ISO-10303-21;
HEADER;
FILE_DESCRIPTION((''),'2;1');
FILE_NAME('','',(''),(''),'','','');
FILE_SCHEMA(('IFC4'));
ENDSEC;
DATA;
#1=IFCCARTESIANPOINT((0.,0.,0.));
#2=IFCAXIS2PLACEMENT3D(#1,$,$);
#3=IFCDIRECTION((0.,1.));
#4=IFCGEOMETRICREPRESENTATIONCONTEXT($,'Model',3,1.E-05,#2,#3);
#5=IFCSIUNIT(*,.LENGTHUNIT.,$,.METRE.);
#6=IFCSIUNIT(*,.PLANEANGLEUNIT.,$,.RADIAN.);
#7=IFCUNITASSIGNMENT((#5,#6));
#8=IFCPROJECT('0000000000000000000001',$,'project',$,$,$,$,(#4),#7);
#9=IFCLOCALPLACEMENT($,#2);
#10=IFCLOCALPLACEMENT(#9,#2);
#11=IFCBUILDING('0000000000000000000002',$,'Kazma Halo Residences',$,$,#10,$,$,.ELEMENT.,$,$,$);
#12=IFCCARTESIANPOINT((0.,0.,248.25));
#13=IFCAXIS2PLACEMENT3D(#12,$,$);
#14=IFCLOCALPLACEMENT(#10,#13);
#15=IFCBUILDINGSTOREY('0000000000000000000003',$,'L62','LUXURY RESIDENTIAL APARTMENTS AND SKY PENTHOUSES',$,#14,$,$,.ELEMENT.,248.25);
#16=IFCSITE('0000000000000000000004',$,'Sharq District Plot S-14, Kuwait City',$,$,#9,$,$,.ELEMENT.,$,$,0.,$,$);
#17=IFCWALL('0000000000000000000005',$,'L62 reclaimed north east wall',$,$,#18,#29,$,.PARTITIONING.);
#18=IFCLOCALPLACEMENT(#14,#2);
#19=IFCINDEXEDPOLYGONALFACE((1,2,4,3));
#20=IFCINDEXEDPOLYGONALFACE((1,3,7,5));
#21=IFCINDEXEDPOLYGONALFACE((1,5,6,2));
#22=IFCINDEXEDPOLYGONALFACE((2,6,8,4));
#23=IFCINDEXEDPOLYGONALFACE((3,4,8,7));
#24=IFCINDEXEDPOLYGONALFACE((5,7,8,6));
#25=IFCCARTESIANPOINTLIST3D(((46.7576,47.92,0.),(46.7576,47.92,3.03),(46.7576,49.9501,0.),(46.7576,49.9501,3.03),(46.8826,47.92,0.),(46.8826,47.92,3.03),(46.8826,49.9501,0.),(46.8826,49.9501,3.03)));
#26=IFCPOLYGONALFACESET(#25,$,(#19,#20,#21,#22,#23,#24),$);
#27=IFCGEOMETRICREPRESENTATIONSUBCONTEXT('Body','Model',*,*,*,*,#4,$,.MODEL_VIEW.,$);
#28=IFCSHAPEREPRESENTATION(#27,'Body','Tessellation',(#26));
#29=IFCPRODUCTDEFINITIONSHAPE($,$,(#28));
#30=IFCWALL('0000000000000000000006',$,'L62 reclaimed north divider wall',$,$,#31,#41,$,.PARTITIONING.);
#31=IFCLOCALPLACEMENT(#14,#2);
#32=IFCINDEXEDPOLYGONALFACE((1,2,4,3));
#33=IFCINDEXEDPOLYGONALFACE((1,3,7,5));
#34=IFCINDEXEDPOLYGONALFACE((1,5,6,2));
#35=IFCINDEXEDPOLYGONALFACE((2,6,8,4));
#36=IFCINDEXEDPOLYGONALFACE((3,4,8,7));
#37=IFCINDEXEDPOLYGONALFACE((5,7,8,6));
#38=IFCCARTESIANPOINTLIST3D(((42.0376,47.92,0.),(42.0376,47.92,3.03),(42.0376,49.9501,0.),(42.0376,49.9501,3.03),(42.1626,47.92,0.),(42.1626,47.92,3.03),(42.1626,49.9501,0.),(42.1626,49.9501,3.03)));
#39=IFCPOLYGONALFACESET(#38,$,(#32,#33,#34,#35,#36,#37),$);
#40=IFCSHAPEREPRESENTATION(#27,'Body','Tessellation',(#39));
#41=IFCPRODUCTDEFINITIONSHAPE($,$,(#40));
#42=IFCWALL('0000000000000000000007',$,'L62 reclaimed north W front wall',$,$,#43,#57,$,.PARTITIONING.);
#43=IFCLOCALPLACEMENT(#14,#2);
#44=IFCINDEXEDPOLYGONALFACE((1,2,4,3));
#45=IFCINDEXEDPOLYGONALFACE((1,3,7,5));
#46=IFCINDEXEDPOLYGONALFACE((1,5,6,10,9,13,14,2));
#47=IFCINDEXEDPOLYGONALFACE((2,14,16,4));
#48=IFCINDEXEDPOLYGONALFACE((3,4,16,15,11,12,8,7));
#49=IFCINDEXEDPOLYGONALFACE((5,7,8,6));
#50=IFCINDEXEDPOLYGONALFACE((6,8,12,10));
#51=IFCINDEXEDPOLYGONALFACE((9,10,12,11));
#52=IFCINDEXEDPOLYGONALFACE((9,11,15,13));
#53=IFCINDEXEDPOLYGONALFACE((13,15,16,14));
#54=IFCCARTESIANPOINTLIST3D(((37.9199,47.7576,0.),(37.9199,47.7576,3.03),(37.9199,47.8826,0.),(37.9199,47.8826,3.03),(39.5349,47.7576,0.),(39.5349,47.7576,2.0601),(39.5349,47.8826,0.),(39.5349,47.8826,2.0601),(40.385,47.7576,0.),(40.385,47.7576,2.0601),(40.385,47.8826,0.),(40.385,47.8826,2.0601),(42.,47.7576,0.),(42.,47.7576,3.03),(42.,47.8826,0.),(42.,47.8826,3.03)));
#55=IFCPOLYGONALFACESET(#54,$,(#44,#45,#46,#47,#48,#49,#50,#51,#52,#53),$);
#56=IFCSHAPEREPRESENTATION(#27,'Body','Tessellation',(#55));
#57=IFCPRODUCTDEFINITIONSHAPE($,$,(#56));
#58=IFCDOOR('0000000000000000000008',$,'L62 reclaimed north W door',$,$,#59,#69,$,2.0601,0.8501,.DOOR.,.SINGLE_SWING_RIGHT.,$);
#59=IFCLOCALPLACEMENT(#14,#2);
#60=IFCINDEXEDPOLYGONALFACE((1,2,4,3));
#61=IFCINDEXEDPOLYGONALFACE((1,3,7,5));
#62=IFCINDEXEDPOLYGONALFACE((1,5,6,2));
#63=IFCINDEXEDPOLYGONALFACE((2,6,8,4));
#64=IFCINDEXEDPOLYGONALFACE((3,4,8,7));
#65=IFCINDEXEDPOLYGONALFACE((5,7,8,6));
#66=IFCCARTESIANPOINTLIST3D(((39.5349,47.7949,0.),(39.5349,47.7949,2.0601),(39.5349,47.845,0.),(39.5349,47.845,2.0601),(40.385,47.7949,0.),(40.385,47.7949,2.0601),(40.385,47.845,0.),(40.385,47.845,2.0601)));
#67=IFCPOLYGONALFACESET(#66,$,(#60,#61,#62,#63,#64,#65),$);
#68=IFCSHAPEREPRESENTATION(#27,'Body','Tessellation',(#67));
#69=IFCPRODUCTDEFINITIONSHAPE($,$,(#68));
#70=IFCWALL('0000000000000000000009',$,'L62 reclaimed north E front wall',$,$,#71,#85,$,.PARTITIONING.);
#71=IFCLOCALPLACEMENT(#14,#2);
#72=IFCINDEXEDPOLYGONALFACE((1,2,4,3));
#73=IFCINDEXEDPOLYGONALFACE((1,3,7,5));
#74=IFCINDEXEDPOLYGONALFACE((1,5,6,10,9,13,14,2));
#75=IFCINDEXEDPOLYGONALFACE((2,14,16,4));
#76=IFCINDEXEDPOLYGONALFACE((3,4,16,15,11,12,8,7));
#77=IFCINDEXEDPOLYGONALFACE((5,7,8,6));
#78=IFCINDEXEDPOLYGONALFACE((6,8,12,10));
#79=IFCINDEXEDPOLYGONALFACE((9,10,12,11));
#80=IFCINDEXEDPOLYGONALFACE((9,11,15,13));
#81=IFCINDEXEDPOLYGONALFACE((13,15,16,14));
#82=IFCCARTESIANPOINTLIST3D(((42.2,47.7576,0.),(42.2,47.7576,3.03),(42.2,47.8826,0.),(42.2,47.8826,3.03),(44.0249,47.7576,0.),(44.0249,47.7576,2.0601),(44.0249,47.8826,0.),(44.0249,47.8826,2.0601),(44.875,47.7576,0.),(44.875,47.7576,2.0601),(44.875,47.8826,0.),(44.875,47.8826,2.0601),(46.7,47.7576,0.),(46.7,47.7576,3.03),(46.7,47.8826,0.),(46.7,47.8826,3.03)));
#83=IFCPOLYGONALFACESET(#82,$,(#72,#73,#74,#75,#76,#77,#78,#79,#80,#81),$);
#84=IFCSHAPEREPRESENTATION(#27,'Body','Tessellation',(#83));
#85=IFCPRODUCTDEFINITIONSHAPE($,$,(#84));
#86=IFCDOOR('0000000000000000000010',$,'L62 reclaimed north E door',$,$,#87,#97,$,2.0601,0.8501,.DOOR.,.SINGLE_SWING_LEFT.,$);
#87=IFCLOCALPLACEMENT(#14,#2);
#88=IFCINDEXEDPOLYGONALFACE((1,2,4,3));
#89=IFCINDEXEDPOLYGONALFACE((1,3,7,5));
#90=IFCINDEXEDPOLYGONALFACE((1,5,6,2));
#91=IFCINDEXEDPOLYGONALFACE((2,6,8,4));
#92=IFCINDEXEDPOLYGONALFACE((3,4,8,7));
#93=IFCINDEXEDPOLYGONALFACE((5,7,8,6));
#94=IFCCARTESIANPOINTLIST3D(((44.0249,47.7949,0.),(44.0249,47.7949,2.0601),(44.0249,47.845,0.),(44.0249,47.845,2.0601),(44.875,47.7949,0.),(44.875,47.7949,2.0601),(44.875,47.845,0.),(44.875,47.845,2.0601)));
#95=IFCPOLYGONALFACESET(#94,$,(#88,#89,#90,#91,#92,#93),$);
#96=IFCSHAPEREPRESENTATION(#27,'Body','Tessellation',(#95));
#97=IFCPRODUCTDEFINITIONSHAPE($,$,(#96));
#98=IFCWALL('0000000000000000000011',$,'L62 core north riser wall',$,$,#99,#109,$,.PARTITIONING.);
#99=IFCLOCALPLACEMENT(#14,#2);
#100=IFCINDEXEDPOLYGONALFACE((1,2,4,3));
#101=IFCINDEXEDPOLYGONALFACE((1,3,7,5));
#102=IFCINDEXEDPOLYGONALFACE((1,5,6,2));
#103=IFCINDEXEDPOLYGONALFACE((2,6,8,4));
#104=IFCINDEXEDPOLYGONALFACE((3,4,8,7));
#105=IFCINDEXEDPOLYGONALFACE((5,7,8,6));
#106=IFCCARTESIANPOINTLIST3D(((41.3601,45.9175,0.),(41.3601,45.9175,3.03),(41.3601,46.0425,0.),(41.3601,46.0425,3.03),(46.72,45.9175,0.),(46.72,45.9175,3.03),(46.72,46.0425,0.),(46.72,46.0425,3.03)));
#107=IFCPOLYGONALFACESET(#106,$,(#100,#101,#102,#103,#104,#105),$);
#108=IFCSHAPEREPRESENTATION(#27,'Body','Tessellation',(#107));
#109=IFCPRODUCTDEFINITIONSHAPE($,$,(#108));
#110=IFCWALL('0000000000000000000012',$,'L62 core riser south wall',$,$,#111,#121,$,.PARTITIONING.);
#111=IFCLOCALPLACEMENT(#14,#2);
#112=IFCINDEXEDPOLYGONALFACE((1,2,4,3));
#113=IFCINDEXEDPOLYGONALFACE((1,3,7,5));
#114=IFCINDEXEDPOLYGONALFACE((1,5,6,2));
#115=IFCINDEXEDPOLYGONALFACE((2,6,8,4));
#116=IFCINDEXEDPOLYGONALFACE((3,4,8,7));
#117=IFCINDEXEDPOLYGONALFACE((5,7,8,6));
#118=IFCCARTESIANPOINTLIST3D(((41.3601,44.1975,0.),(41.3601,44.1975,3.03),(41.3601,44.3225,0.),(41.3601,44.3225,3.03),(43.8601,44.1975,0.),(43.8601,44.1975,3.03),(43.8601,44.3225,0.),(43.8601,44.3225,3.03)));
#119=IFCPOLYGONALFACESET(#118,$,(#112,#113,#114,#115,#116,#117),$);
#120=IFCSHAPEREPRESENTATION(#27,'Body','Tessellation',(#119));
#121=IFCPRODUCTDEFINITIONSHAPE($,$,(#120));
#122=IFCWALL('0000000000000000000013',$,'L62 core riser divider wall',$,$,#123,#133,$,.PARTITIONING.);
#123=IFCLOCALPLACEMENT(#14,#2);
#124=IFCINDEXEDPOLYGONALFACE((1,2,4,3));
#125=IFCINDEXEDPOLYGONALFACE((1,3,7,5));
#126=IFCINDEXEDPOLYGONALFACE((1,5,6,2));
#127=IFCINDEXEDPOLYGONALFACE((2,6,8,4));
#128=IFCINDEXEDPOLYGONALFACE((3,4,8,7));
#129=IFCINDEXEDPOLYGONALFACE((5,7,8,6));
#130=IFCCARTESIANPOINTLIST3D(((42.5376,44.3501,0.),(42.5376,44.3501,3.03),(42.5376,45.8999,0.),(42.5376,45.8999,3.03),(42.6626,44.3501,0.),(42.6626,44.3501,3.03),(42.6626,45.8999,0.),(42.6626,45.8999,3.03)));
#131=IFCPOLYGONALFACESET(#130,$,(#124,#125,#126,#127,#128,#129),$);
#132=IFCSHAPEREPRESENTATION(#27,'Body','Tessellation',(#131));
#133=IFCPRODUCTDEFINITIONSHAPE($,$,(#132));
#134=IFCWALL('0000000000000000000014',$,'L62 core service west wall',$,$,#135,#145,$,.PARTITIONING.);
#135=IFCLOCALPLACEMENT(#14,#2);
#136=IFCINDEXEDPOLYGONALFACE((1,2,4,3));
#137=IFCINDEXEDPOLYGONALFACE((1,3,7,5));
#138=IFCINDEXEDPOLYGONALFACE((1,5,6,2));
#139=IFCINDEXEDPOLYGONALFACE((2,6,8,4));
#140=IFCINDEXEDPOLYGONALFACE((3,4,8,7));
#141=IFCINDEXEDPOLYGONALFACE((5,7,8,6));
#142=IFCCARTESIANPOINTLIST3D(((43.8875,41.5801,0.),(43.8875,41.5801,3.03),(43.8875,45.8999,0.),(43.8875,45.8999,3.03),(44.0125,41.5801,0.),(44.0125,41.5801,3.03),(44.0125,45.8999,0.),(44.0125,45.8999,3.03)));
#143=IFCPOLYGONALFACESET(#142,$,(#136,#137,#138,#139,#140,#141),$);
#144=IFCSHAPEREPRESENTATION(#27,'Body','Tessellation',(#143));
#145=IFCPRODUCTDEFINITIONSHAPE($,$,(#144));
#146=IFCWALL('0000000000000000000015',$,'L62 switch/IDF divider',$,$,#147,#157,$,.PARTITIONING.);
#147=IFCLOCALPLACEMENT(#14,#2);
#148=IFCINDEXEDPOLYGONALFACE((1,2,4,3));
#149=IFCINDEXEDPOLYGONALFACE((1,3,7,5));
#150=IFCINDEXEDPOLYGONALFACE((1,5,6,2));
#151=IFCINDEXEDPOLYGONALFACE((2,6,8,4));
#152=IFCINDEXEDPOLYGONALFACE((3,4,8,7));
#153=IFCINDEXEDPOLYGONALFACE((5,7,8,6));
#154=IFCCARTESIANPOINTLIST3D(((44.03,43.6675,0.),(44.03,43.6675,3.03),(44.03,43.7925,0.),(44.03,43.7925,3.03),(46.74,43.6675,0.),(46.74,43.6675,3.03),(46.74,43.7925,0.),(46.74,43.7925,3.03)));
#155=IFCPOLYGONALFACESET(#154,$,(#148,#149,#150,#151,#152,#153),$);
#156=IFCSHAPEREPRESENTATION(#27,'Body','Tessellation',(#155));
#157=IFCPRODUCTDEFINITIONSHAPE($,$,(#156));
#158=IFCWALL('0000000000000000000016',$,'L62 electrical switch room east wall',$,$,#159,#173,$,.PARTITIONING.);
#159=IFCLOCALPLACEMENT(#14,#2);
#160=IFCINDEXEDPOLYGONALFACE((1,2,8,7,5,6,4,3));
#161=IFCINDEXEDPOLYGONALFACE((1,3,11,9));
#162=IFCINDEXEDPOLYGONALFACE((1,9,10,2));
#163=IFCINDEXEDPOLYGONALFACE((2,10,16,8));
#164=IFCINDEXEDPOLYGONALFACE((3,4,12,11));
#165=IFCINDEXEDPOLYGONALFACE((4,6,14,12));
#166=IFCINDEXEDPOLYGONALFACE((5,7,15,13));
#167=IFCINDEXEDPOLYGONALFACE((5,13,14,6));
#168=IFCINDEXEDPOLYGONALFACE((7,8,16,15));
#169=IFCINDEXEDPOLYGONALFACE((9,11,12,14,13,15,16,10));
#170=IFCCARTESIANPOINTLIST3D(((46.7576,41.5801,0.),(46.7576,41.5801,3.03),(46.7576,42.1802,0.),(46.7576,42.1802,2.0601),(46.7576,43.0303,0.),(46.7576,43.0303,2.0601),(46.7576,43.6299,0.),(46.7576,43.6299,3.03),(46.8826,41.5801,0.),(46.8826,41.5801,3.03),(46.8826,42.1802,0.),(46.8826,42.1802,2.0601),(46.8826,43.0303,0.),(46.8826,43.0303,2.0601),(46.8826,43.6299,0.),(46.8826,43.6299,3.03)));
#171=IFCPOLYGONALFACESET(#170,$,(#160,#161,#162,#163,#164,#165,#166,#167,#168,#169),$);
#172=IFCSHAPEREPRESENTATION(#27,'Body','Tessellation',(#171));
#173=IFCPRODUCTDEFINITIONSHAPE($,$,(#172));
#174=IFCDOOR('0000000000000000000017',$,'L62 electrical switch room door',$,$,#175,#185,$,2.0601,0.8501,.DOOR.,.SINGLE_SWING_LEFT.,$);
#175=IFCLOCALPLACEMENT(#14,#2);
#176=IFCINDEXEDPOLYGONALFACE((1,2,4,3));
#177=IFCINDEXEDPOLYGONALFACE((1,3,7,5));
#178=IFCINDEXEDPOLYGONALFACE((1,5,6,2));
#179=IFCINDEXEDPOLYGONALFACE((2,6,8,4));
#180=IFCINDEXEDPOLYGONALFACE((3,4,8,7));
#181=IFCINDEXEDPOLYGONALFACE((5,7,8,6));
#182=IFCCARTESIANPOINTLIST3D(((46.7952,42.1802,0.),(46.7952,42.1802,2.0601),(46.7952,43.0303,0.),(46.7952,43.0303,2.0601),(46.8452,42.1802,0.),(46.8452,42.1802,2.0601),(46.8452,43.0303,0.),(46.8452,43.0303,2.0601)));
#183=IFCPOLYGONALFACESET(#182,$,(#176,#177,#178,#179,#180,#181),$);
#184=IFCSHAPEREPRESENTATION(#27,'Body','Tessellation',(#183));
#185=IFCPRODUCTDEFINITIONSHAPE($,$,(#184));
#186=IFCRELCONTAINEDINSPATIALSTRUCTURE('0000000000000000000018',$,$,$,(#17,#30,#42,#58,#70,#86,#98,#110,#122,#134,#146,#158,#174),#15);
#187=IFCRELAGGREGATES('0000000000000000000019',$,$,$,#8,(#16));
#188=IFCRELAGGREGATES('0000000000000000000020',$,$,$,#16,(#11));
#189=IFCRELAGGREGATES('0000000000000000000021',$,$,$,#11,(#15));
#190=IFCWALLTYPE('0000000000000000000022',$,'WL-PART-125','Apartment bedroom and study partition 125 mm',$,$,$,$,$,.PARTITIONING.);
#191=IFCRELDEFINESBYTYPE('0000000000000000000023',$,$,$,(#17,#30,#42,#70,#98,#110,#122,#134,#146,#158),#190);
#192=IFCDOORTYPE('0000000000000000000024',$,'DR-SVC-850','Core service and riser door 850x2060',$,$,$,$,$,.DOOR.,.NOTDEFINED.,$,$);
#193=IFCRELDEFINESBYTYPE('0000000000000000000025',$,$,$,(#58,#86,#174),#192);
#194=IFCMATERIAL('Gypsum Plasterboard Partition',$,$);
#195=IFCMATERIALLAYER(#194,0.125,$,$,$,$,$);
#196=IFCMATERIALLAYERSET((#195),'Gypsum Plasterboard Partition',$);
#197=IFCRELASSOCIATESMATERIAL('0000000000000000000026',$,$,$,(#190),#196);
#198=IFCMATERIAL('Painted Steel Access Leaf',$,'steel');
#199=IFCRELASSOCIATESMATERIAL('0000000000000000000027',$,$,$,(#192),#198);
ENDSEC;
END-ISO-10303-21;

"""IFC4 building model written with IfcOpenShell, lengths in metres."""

from ifc_helpers import new_model, si_unit, direction, frame, frame_2d, origin, place, context, subcontext, project, spatial, rectangle, extrude, material, layer, layer_set, type_object, element, fill, save


model = new_model("IFC4")

# Units and contexts
model_context = context("Model", 3, precision=1e-05, world=origin(), true_north=direction((0.0, 1.0)))
body_context = subcontext(model_context, "Body", "Model", "MODEL_VIEW")
ifc_project = project(units=[si_unit("LENGTHUNIT", "METRE"), si_unit("PLANEANGLEUNIT", "RADIAN")], contexts=[model_context])

# Site, building, storey
site_placement = place(None, origin())
site = spatial("IfcSite", under=ifc_project, at=site_placement, Name="Sharq District Plot S-14, Kuwait City", CompositionType="ELEMENT", RefElevation=0.0)
building_placement = place(site_placement, origin())
building = spatial("IfcBuilding", under=site, at=building_placement, Name="Kazma Halo Residences", CompositionType="ELEMENT")
storey_placement = place(building_placement, frame((0.0, 0.0, 248.25)))
storey = spatial("IfcBuildingStorey", under=building, at=storey_placement, Name="L62", Description="LUXURY RESIDENTIAL APARTMENTS AND SKY PENTHOUSES", CompositionType="ELEMENT", Elevation=248.25)

# Walls
ifc_material_1 = material(Name="Gypsum Plasterboard Partition")
ifc_layer_1 = layer(ifc_material_1, 0.125)
ifc_layer_set_1 = layer_set([ifc_layer_1], Name="Gypsum Plasterboard Partition")
wall_type_1 = type_object("IfcWallType", Name="WL-PART-125", Description="Apartment bedroom and study partition 125 mm", PredefinedType="PARTITIONING", material=ifc_layer_set_1)
for number, where, z_axis, x_axis, name in (
    (1, (46.8201, 47.9199, 0.0), (0.0, 0.0, 1.0), (0.0, 1.0, 0.0), "L62 reclaimed north east wall"),
    (2, (42.1001, 47.9199, 0.0), (0.0, 0.0, 1.0), (0.0, 1.0, 0.0), "L62 reclaimed north divider wall"),
):
    element("IfcWall", number, at=place(storey_placement, frame(where, z_axis=z_axis, x_axis=x_axis)), inside=storey, type_object=wall_type_1, Name=name, PredefinedType="PARTITIONING", context=body_context, shape_type="SweptSolid", body=[
        extrude(rectangle(XDim=2.03, YDim=0.125, at=frame_2d((1.0151, 0.0))), origin(), (0.0, 0.0, 1.0), 3.03),
    ])

# Walls, openings, doors
wall_1_placement = place(storey_placement, frame((37.9199, 47.8201, 0.0), z_axis=(0.0, 0.0, 1.0), x_axis=(1.0, 0.0, 0.0)))
wall_1 = element("IfcWall", 3, at=wall_1_placement, inside=storey, type_object=wall_type_1, Name="L62 reclaimed north W front wall", PredefinedType="PARTITIONING", context=body_context, shape_type="SweptSolid", body=[
    extrude(rectangle(XDim=4.0801, YDim=0.125, at=frame_2d((2.04, 0.0))), origin(), (0.0, 0.0, 1.0), 3.03),
])
opening_1_placement = place(wall_1_placement, frame((1.615, 0.0, 0.0)))
opening_1 = element("IfcOpeningElement", 4, at=opening_1_placement, cuts=wall_1, PredefinedType="OPENING", context=body_context, shape_type="SweptSolid", body=[
    extrude(rectangle(XDim=0.8501, YDim=2.0601, at=frame_2d((0.425, 1.03))), frame((0.0, 0.0725, 0.0), z_axis=(0.0, -1.0, 0.0), x_axis=(1.0, 0.0, 0.0)), (0.0, 0.0, 1.0), 0.145),
])
ifc_material_2 = material(Name="Painted Steel Access Leaf", Category="steel")
door_type_1 = type_object("IfcDoorType", Name="DR-SVC-850", Description="Core service and riser door 850x2060", OperationType="NOTDEFINED", PredefinedType="DOOR", material=ifc_material_2)
door_1_placement = place(opening_1_placement, origin())
door_1 = element("IfcDoor", 5, at=door_1_placement, inside=storey, type_object=door_type_1, Name="L62 reclaimed north W door", OperationType="SINGLE_SWING_RIGHT", OverallHeight=2.0601, OverallWidth=0.8501, PredefinedType="DOOR", context=body_context, shape_type="SweptSolid", body=[
    extrude(rectangle(XDim=0.8501, YDim=2.0601, at=frame_2d((0.425, 1.03))), frame((0.0, 0.0249, 0.0), z_axis=(0.0, -1.0, 0.0), x_axis=(1.0, 0.0, 0.0)), (0.0, 0.0, 1.0), 0.05),
])
fill(opening_1, door_1)
wall_2_placement = place(storey_placement, frame((42.2, 47.8201, 0.0), z_axis=(0.0, 0.0, 1.0), x_axis=(1.0, 0.0, 0.0)))
wall_2 = element("IfcWall", 6, at=wall_2_placement, inside=storey, type_object=wall_type_1, Name="L62 reclaimed north E front wall", PredefinedType="PARTITIONING", context=body_context, shape_type="SweptSolid", body=[
    extrude(rectangle(XDim=4.5, YDim=0.125, at=frame_2d((2.25, 0.0))), origin(), (0.0, 0.0, 1.0), 3.03),
])
opening_2_placement = place(wall_2_placement, frame((1.825, 0.0, 0.0)))
opening_2 = element("IfcOpeningElement", 7, at=opening_2_placement, cuts=wall_2, PredefinedType="OPENING", context=body_context, shape_type="SweptSolid", body=[
    extrude(rectangle(XDim=0.8501, YDim=2.0601, at=frame_2d((0.425, 1.03))), frame((0.0, 0.0725, 0.0), z_axis=(0.0, -1.0, 0.0), x_axis=(1.0, 0.0, 0.0)), (0.0, 0.0, 1.0), 0.145),
])
door_2_placement = place(opening_2_placement, origin())
door_2 = element("IfcDoor", 8, at=door_2_placement, inside=storey, type_object=door_type_1, Name="L62 reclaimed north E door", OperationType="SINGLE_SWING_LEFT", OverallHeight=2.0601, OverallWidth=0.8501, PredefinedType="DOOR", context=body_context, shape_type="SweptSolid", body=[
    extrude(rectangle(XDim=0.8501, YDim=2.0601, at=frame_2d((0.425, 1.03))), frame((0.0, 0.0249, 0.0), z_axis=(0.0, -1.0, 0.0), x_axis=(1.0, 0.0, 0.0)), (0.0, 0.0, 1.0), 0.05),
])
fill(opening_2, door_2)

# Walls
wall_3_placement = place(storey_placement, frame((41.3601, 45.98, 0.0), z_axis=(0.0, 0.0, 1.0), x_axis=(1.0, 0.0, 0.0)))
element("IfcWall", 9, at=wall_3_placement, inside=storey, type_object=wall_type_1, Name="L62 core north riser wall", PredefinedType="PARTITIONING", context=body_context, shape_type="SweptSolid", body=[
    extrude(rectangle(XDim=5.3599, YDim=0.125, at=frame_2d((2.6799, 0.0))), origin(), (0.0, 0.0, 1.0), 3.03),
])
wall_4_placement = place(storey_placement, frame((41.3601, 44.26, 0.0), z_axis=(0.0, 0.0, 1.0), x_axis=(1.0, 0.0, 0.0)))
element("IfcWall", 10, at=wall_4_placement, inside=storey, type_object=wall_type_1, Name="L62 core riser south wall", PredefinedType="PARTITIONING", context=body_context, shape_type="SweptSolid", body=[
    extrude(rectangle(XDim=2.5, YDim=0.125, at=frame_2d((1.25, 0.0))), origin(), (0.0, 0.0, 1.0), 3.03),
])
wall_5_placement = place(storey_placement, frame((42.6001, 44.3501, 0.0), z_axis=(0.0, 0.0, 1.0), x_axis=(0.0, 1.0, 0.0)))
element("IfcWall", 11, at=wall_5_placement, inside=storey, type_object=wall_type_1, Name="L62 core riser divider wall", PredefinedType="PARTITIONING", context=body_context, shape_type="SweptSolid", body=[
    extrude(rectangle(XDim=1.5498, YDim=0.125, at=frame_2d((0.7749, 0.0))), origin(), (0.0, 0.0, 1.0), 3.03),
])
wall_6_placement = place(storey_placement, frame((43.95, 41.5801, 0.0), z_axis=(0.0, 0.0, 1.0), x_axis=(0.0, 1.0, 0.0)))
element("IfcWall", 12, at=wall_6_placement, inside=storey, type_object=wall_type_1, Name="L62 core service west wall", PredefinedType="PARTITIONING", context=body_context, shape_type="SweptSolid", body=[
    extrude(rectangle(XDim=4.3198, YDim=0.125, at=frame_2d((2.1599, 0.0))), origin(), (0.0, 0.0, 1.0), 3.03),
])
wall_7_placement = place(storey_placement, frame((44.03, 43.73, 0.0), z_axis=(0.0, 0.0, 1.0), x_axis=(1.0, 0.0, 0.0)))
element("IfcWall", 13, at=wall_7_placement, inside=storey, type_object=wall_type_1, Name="L62 switch/IDF divider", PredefinedType="PARTITIONING", context=body_context, shape_type="SweptSolid", body=[
    extrude(rectangle(XDim=2.71, YDim=0.125, at=frame_2d((1.355, 0.0))), origin(), (0.0, 0.0, 1.0), 3.03),
])

# Wall, opening, door
wall_8_placement = place(storey_placement, frame((46.8201, 41.5801, 0.0), z_axis=(0.0, 0.0, 1.0), x_axis=(0.0, 1.0, 0.0)))
wall_8 = element("IfcWall", 14, at=wall_8_placement, inside=storey, type_object=wall_type_1, Name="L62 electrical switch room east wall", PredefinedType="PARTITIONING", context=body_context, shape_type="SweptSolid", body=[
    extrude(rectangle(XDim=2.0498, YDim=0.125, at=frame_2d((1.0249, 0.0))), origin(), (0.0, 0.0, 1.0), 3.03),
])
opening_3_placement = place(wall_8_placement, frame((0.6001, 0.0, 0.0)))
opening_3 = element("IfcOpeningElement", 15, at=opening_3_placement, cuts=wall_8, PredefinedType="OPENING", context=body_context, shape_type="SweptSolid", body=[
    extrude(rectangle(XDim=0.8501, YDim=2.0601, at=frame_2d((0.425, 1.03))), frame((0.0, 0.0725, 0.0), z_axis=(0.0, -1.0, 0.0), x_axis=(1.0, 0.0, 0.0)), (0.0, 0.0, 1.0), 0.145),
])
door_3_placement = place(opening_3_placement, origin())
door_3 = element("IfcDoor", 16, at=door_3_placement, inside=storey, type_object=door_type_1, Name="L62 electrical switch room door", OperationType="SINGLE_SWING_LEFT", OverallHeight=2.0601, OverallWidth=0.8501, PredefinedType="DOOR", context=body_context, shape_type="SweptSolid", body=[
    extrude(rectangle(XDim=0.8501, YDim=2.0601, at=frame_2d((0.425, 1.03))), frame((0.0, 0.0249, 0.0), z_axis=(0.0, -1.0, 0.0), x_axis=(1.0, 0.0, 0.0)), (0.0, 0.0, 1.0), 0.05),
])
fill(opening_3, door_3)

save(model, "model.ifc")
